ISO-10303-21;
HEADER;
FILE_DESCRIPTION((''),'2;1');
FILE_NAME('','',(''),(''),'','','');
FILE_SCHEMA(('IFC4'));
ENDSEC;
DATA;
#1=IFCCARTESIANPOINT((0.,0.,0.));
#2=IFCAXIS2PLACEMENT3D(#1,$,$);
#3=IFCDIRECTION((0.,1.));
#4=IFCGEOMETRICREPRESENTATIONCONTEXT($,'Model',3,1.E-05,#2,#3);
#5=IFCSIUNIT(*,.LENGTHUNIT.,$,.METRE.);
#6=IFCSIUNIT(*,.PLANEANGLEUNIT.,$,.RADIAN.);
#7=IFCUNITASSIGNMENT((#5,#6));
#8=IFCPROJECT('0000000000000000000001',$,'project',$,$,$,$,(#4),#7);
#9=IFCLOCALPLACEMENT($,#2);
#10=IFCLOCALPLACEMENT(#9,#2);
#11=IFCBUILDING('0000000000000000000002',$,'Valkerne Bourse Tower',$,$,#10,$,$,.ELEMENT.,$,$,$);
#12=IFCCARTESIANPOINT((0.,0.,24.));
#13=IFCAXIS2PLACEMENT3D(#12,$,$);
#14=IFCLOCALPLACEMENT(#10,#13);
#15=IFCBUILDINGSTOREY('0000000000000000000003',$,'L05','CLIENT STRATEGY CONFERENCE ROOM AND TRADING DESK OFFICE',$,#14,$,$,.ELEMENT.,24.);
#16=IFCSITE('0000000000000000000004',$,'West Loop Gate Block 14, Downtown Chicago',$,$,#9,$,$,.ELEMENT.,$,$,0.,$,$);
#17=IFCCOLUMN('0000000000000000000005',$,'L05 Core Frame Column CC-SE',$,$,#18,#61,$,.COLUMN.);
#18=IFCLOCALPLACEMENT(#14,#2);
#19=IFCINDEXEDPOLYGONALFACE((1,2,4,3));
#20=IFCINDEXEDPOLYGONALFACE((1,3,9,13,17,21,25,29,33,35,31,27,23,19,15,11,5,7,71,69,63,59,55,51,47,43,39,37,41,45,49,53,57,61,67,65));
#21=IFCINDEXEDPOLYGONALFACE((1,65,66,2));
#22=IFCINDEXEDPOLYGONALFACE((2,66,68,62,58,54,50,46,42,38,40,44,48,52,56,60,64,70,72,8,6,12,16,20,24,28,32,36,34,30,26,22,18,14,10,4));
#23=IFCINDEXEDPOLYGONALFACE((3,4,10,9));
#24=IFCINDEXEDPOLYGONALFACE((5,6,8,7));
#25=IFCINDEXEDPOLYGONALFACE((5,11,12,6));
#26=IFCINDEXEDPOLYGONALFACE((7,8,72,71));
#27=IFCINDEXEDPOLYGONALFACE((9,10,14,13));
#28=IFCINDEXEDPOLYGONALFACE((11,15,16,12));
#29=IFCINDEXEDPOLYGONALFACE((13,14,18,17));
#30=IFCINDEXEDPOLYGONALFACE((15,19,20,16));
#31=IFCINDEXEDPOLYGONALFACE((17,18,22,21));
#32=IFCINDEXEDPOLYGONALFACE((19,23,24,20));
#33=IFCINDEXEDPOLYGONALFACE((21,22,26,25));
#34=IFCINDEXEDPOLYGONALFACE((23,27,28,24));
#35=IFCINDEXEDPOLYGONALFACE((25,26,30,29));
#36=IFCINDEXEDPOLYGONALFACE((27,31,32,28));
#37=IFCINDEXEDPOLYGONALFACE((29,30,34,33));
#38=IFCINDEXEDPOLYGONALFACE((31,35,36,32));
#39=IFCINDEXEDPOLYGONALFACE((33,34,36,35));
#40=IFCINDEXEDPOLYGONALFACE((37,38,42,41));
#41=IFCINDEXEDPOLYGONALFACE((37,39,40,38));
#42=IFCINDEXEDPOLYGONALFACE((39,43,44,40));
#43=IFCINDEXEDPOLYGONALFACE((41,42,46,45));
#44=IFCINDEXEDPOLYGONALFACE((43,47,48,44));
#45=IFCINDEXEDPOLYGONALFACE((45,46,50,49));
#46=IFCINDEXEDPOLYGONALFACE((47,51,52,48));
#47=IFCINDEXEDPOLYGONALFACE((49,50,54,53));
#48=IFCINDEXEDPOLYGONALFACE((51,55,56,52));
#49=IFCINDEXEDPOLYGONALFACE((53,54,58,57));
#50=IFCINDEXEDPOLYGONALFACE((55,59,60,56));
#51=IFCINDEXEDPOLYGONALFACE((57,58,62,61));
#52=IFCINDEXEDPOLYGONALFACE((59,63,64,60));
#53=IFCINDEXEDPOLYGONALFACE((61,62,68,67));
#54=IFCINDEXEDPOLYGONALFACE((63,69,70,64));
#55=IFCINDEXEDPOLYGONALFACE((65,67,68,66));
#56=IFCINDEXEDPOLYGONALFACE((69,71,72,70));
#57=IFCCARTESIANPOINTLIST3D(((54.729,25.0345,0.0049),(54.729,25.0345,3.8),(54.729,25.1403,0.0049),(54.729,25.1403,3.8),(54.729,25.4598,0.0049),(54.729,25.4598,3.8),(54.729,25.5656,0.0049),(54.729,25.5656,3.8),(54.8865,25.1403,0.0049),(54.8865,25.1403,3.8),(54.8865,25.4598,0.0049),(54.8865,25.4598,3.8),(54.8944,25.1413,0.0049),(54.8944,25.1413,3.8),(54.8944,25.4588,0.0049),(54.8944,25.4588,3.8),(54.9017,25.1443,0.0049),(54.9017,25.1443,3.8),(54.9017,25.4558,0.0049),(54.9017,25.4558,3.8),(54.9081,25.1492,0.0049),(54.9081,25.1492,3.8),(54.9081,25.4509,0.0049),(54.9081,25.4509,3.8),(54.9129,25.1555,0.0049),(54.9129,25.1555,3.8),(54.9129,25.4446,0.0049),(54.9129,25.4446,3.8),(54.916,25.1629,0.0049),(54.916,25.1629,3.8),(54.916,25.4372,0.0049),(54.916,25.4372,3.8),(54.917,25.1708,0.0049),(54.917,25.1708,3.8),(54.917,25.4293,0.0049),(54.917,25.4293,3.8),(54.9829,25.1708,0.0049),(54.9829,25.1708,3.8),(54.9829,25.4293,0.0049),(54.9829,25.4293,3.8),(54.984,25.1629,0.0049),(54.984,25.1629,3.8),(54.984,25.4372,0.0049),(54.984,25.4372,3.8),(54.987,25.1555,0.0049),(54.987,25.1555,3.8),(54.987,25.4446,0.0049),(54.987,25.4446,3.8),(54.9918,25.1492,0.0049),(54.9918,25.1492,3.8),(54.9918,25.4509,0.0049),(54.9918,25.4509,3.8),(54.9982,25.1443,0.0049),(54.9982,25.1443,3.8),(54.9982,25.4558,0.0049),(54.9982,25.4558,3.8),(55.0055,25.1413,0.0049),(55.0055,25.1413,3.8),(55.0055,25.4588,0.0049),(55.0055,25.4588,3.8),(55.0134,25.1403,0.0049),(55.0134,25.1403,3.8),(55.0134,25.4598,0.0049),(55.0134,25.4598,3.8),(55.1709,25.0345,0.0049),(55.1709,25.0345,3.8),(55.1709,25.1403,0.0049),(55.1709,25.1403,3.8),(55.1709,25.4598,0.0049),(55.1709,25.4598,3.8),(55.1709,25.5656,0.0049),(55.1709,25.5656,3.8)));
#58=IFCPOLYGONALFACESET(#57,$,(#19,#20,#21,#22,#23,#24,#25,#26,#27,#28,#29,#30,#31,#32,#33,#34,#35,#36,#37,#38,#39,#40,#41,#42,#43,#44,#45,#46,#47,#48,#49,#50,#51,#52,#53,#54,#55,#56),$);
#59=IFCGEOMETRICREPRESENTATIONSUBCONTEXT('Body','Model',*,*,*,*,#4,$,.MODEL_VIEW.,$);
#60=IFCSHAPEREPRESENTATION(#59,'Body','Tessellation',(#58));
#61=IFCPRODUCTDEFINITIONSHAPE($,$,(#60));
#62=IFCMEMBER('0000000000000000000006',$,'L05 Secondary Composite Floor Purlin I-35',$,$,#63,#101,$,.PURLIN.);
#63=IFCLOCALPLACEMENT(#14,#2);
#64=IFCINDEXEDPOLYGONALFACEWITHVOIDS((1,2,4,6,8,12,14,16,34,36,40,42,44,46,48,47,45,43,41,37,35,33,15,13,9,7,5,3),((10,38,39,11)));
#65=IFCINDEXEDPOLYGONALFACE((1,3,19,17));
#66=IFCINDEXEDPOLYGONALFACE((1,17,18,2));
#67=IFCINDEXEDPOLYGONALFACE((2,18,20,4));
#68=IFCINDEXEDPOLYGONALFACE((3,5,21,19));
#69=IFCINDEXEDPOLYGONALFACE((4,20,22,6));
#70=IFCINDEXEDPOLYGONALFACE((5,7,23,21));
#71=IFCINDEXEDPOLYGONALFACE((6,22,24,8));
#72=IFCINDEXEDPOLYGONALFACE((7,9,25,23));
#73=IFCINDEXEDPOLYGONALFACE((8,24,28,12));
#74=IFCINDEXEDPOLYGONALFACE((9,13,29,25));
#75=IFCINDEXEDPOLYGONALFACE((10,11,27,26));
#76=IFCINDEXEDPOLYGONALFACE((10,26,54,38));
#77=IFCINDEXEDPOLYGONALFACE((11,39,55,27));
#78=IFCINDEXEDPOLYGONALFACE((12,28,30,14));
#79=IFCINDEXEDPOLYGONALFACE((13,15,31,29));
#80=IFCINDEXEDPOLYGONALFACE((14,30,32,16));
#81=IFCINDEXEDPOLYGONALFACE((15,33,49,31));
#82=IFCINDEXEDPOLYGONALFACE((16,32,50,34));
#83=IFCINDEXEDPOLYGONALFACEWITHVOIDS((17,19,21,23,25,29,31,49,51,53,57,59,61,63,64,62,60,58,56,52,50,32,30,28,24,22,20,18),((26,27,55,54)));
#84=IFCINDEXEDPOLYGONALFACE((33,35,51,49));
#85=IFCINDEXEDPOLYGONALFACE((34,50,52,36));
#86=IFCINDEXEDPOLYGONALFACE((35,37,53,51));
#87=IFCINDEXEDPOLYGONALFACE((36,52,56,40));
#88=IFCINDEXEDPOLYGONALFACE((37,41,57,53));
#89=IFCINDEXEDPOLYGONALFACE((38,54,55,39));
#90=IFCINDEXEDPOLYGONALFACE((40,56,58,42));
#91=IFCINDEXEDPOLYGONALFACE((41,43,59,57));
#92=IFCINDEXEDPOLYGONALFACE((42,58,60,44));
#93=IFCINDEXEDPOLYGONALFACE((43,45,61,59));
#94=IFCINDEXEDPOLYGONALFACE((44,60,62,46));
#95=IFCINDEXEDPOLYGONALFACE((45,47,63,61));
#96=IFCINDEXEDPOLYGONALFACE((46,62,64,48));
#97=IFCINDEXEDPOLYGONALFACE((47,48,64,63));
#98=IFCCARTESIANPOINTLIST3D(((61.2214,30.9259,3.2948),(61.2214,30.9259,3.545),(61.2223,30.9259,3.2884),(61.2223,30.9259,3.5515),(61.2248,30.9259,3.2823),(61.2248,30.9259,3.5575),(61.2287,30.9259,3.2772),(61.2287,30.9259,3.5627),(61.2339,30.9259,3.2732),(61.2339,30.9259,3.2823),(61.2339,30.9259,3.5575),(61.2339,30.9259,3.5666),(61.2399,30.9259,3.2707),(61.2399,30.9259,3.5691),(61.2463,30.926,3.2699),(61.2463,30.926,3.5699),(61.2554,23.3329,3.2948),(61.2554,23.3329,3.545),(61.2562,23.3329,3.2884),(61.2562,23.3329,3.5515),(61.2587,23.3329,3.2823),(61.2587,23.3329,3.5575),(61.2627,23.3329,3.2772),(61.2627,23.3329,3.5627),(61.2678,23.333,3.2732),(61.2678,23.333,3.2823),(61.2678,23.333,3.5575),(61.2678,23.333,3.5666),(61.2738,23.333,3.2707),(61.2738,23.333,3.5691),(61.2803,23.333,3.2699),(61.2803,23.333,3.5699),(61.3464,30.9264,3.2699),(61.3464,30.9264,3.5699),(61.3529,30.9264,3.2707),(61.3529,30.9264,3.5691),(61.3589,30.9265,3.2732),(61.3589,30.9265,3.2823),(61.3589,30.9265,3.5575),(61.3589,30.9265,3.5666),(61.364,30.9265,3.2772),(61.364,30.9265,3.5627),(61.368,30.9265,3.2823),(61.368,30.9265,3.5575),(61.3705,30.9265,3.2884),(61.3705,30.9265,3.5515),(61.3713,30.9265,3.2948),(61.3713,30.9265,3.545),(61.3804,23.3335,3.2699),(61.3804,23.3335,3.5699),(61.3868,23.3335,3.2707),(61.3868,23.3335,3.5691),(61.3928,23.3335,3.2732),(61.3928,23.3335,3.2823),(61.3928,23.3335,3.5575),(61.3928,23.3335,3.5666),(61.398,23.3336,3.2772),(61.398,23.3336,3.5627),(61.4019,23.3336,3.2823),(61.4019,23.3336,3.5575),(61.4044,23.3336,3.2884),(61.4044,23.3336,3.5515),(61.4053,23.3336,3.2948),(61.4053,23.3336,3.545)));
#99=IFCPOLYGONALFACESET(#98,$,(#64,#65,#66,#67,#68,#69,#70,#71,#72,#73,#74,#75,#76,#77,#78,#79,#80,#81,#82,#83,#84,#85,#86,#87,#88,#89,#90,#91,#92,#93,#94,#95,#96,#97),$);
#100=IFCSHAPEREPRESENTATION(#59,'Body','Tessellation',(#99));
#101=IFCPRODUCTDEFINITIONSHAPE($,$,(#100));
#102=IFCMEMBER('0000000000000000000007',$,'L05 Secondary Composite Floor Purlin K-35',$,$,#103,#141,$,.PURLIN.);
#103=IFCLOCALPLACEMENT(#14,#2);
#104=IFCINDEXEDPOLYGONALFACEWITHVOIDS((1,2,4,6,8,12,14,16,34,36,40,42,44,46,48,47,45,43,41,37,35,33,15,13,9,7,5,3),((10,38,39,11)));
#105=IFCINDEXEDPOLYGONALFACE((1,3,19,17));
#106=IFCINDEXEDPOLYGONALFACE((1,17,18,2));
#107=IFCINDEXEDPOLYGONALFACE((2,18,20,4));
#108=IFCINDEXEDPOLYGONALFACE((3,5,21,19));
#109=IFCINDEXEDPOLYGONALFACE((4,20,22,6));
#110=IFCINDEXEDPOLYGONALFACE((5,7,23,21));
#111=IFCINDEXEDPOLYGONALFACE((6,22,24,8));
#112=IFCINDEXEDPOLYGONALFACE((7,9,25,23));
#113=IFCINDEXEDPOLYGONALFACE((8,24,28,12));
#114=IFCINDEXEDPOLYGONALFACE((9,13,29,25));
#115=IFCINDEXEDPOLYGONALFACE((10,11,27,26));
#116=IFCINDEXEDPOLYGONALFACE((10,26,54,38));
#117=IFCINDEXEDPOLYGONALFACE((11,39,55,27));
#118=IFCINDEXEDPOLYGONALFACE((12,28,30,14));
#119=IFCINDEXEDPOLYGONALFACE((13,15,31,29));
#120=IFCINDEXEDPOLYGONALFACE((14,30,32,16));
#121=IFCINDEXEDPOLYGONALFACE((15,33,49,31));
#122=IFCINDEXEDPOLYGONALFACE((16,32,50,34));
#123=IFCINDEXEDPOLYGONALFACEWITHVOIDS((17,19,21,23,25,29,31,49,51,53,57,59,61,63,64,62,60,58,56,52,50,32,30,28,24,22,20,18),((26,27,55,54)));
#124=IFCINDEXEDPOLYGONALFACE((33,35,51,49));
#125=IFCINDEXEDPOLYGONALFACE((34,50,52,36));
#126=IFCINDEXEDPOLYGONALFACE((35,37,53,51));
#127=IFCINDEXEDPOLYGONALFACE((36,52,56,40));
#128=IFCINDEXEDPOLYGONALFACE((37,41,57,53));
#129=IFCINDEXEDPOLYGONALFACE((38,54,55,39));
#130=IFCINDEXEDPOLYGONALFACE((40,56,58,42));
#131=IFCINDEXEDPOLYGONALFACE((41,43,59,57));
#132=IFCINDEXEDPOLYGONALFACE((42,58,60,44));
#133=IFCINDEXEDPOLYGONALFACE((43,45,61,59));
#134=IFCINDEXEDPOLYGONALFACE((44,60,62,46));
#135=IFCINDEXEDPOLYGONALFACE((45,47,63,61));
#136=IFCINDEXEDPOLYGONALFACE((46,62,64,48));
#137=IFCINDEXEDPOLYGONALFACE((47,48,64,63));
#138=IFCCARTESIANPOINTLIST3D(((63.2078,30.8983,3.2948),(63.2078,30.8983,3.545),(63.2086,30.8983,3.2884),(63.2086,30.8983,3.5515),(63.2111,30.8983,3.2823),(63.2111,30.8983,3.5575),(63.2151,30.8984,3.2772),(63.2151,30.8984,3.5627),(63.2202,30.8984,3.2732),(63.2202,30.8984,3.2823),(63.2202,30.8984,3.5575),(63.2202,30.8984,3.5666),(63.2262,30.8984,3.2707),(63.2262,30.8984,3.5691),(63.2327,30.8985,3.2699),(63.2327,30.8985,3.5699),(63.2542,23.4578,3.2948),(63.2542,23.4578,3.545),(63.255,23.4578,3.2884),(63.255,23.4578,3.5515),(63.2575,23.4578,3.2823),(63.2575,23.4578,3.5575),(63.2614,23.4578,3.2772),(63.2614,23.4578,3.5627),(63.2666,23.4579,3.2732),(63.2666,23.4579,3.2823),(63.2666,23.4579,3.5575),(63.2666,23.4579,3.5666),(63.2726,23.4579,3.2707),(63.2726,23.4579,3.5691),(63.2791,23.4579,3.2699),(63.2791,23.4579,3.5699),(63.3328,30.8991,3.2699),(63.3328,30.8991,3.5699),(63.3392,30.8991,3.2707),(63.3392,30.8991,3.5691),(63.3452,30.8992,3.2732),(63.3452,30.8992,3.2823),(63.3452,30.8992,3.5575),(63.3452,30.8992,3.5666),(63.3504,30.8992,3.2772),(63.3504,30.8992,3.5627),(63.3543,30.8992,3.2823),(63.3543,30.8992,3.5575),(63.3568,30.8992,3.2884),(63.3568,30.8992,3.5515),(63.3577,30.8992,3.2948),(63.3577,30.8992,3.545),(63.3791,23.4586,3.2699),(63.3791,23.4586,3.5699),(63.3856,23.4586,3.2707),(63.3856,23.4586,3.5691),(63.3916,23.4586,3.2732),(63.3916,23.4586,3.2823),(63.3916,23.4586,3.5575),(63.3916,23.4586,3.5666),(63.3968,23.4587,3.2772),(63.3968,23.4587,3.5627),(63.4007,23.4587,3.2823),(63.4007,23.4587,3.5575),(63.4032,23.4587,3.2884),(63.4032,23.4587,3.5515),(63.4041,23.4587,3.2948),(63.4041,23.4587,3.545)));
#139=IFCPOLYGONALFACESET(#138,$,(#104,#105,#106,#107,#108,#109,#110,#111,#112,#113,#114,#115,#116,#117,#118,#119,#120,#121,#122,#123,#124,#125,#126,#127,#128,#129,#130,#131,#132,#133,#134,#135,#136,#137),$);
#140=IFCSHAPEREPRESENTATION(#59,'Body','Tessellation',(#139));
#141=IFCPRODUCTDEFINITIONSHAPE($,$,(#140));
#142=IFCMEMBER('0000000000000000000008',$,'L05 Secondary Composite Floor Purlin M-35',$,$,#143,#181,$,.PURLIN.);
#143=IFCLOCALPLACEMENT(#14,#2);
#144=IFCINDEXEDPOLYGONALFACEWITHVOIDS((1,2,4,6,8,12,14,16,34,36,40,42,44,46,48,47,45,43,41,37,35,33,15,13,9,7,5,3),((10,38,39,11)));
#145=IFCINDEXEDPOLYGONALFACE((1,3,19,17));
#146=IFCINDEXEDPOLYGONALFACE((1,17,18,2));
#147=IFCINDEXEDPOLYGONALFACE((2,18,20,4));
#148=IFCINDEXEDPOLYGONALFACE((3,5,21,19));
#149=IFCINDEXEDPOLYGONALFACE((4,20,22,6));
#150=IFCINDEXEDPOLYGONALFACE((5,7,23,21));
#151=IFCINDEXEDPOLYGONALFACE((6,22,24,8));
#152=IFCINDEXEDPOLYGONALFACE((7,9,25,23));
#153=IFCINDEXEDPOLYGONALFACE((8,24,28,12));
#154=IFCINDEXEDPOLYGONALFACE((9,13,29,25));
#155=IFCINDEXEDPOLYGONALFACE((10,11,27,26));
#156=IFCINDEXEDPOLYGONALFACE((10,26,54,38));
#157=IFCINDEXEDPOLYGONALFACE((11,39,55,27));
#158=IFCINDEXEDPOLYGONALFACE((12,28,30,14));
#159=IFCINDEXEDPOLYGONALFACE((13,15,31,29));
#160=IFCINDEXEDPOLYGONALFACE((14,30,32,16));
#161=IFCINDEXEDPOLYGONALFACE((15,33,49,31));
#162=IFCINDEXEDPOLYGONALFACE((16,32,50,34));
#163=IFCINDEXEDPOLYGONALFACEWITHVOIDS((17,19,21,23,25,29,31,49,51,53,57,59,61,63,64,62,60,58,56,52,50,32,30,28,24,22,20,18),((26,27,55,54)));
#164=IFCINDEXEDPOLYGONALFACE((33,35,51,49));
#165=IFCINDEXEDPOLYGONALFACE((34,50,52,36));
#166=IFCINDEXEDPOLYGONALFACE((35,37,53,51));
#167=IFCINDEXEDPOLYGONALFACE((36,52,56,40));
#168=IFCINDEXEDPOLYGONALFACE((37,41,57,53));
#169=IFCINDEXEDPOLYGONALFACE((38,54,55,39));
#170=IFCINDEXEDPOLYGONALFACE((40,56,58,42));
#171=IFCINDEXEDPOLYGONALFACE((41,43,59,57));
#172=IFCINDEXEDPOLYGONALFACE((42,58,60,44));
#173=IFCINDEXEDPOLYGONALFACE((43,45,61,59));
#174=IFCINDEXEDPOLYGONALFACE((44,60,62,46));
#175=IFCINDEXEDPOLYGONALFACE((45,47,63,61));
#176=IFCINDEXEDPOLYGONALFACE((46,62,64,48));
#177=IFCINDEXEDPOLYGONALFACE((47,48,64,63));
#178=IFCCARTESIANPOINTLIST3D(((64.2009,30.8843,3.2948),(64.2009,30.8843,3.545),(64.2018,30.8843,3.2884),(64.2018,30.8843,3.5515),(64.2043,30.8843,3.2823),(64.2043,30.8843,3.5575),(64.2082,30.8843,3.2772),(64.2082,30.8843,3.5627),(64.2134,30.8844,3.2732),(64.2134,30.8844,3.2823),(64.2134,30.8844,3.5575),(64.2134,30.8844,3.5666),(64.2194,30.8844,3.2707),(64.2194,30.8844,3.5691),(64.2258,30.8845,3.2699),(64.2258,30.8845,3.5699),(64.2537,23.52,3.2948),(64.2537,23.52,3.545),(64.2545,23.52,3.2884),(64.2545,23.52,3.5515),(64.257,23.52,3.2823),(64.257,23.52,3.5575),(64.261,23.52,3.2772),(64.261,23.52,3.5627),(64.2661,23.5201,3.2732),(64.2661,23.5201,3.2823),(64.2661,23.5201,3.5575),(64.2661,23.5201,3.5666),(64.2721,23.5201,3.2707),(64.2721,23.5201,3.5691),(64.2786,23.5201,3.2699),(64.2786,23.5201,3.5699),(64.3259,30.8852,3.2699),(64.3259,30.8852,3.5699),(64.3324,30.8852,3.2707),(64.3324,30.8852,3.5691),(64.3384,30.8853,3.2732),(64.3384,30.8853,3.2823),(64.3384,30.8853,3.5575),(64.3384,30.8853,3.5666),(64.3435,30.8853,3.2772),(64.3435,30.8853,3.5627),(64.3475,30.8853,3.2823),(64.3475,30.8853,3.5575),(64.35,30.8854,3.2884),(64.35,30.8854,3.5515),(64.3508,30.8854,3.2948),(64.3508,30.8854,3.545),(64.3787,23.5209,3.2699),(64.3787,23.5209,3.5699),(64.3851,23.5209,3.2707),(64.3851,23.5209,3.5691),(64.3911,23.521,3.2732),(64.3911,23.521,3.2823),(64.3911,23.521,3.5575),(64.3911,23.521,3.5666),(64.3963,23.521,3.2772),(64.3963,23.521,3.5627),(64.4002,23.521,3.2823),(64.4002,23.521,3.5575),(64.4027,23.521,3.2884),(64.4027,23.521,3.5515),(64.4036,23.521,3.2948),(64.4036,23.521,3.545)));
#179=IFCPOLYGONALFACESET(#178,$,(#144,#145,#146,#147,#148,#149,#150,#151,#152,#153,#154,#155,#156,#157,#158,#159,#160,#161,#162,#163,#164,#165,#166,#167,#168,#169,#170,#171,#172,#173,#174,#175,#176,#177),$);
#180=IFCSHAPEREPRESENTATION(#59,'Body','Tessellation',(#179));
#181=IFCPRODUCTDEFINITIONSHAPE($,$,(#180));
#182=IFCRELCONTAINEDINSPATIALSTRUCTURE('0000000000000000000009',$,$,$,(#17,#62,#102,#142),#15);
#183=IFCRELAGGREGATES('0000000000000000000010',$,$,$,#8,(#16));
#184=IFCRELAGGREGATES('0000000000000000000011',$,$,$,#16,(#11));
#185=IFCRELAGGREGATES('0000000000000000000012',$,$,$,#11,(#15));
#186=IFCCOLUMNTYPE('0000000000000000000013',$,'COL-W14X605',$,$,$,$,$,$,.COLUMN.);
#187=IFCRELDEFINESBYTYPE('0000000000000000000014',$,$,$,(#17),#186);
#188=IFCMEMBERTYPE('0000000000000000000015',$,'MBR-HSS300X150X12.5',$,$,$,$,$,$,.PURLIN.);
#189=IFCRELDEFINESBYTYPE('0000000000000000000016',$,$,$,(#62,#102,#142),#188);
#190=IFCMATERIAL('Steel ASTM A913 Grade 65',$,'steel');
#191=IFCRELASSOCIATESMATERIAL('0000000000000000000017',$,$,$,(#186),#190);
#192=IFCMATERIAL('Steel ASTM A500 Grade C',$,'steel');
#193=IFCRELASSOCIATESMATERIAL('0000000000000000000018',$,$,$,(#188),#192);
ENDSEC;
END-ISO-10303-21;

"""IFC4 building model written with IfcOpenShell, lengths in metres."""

from ifc_helpers import new_model, si_unit, direction, frame, origin, origin_2d, place, context, subcontext, project, spatial, hollow_rectangle, i_section, extrude, material, material_profile, profile_set, type_object, element, save


model = new_model("IFC4")

# Units and contexts
model_context = context("Model", 3, precision=1e-05, world=origin(), true_north=direction((0.0, 1.0)))
body_context = subcontext(model_context, "Body", "Model", "MODEL_VIEW")
ifc_project = project(units=[si_unit("LENGTHUNIT", "METRE"), si_unit("PLANEANGLEUNIT", "RADIAN")], contexts=[model_context])

# Site, building, storey
site_placement = place(None, origin())
site = spatial("IfcSite", under=ifc_project, at=site_placement, Name="West Loop Gate Block 14, Downtown Chicago", CompositionType="ELEMENT", RefElevation=0.0)
building_placement = place(site_placement, origin())
building = spatial("IfcBuilding", under=site, at=building_placement, Name="Valkerne Bourse Tower", CompositionType="ELEMENT")
storey_placement = place(building_placement, frame((0.0, 0.0, 24.0)))
storey = spatial("IfcBuildingStorey", under=building, at=storey_placement, Name="L05", Description="CLIENT STRATEGY CONFERENCE ROOM AND TRADING DESK OFFICE", CompositionType="ELEMENT", Elevation=24.0)

# Column
ifc_material_1 = material(Name="Steel ASTM A913 Grade 65", Category="steel")
ifc_material_profile_1 = material_profile(ifc_material_1, i_section(OverallWidth=0.4419, OverallDepth=0.531, WebThickness=0.0659, FlangeThickness=0.1057, FilletRadius=0.0305, at=origin_2d()), Name="W14X605")
ifc_profile_set_1 = profile_set([ifc_material_profile_1], Name="Steel ASTM A913 Grade 65")
column_type = type_object("IfcColumnType", Name="COL-W14X605", PredefinedType="COLUMN", material=ifc_profile_set_1)
column_placement = place(storey_placement, frame((54.95, 25.3, 0.0049), z_axis=(0.0, 0.0, 1.0), x_axis=(1.0, 0.0, 0.0)))
element("IfcColumn", 1, at=column_placement, inside=storey, type_object=column_type, Name="L05 Core Frame Column CC-SE", PredefinedType="COLUMN", context=body_context, shape_type="SweptSolid", body=[
    extrude(i_section(OverallWidth=0.4419, OverallDepth=0.531, WebThickness=0.0659, FlangeThickness=0.1057, FilletRadius=0.0305, at=origin_2d()), origin(), (0.0, 0.0, 1.0), 3.7952),
])

# Members
ifc_material_2 = material(Name="Steel ASTM A500 Grade C", Category="steel")
ifc_material_profile_2 = material_profile(ifc_material_2, hollow_rectangle(XDim=0.1499, YDim=0.3, WallThickness=0.0125, OuterFilletRadius=0.0249, at=origin_2d()), Name="HSS300X150X12.5")
ifc_profile_set_2 = profile_set([ifc_material_profile_2], Name="Steel ASTM A500 Grade C")
member_type = type_object("IfcMemberType", Name="MBR-HSS300X150X12.5", PredefinedType="PURLIN", material=ifc_profile_set_2)
member_1_placement = place(storey_placement, frame((61.3303, 23.3333, 3.4199), z_axis=(-0.004469, 0.99999, 0.0), x_axis=(-0.99999, -0.004469, 0.0)))
element("IfcMember", 2, at=member_1_placement, inside=storey, type_object=member_type, Name="L05 Secondary Composite Floor Purlin I-35", PredefinedType="PURLIN", context=body_context, shape_type="SweptSolid", body=[
    extrude(hollow_rectangle(XDim=0.1499, YDim=0.3, WallThickness=0.0125, OuterFilletRadius=0.0249, at=origin_2d()), origin(), (0.0, 0.0, 1.0), 7.593),
])
member_2_placement = place(storey_placement, frame((63.3291, 23.4583, 3.4199), z_axis=(-0.006234, 0.999981, 0.0), x_axis=(-0.999981, -0.006234, 0.0)))
element("IfcMember", 3, at=member_2_placement, inside=storey, type_object=member_type, Name="L05 Secondary Composite Floor Purlin K-35", PredefinedType="PURLIN", context=body_context, shape_type="SweptSolid", body=[
    extrude(hollow_rectangle(XDim=0.1499, YDim=0.3, WallThickness=0.0125, OuterFilletRadius=0.0249, at=origin_2d()), origin(), (0.0, 0.0, 1.0), 7.4407),
])
member_3_placement = place(storey_placement, frame((64.3286, 23.5205, 3.4199), z_axis=(-0.007161, 0.999974, 0.0), x_axis=(-0.999974, -0.007161, 0.0)))
element("IfcMember", 4, at=member_3_placement, inside=storey, type_object=member_type, Name="L05 Secondary Composite Floor Purlin M-35", PredefinedType="PURLIN", context=body_context, shape_type="SweptSolid", body=[
    extrude(hollow_rectangle(XDim=0.1499, YDim=0.3, WallThickness=0.0125, OuterFilletRadius=0.0249, at=origin_2d()), origin(), (0.0, 0.0, 1.0), 7.3645),
])

save(model, "model.ifc")
